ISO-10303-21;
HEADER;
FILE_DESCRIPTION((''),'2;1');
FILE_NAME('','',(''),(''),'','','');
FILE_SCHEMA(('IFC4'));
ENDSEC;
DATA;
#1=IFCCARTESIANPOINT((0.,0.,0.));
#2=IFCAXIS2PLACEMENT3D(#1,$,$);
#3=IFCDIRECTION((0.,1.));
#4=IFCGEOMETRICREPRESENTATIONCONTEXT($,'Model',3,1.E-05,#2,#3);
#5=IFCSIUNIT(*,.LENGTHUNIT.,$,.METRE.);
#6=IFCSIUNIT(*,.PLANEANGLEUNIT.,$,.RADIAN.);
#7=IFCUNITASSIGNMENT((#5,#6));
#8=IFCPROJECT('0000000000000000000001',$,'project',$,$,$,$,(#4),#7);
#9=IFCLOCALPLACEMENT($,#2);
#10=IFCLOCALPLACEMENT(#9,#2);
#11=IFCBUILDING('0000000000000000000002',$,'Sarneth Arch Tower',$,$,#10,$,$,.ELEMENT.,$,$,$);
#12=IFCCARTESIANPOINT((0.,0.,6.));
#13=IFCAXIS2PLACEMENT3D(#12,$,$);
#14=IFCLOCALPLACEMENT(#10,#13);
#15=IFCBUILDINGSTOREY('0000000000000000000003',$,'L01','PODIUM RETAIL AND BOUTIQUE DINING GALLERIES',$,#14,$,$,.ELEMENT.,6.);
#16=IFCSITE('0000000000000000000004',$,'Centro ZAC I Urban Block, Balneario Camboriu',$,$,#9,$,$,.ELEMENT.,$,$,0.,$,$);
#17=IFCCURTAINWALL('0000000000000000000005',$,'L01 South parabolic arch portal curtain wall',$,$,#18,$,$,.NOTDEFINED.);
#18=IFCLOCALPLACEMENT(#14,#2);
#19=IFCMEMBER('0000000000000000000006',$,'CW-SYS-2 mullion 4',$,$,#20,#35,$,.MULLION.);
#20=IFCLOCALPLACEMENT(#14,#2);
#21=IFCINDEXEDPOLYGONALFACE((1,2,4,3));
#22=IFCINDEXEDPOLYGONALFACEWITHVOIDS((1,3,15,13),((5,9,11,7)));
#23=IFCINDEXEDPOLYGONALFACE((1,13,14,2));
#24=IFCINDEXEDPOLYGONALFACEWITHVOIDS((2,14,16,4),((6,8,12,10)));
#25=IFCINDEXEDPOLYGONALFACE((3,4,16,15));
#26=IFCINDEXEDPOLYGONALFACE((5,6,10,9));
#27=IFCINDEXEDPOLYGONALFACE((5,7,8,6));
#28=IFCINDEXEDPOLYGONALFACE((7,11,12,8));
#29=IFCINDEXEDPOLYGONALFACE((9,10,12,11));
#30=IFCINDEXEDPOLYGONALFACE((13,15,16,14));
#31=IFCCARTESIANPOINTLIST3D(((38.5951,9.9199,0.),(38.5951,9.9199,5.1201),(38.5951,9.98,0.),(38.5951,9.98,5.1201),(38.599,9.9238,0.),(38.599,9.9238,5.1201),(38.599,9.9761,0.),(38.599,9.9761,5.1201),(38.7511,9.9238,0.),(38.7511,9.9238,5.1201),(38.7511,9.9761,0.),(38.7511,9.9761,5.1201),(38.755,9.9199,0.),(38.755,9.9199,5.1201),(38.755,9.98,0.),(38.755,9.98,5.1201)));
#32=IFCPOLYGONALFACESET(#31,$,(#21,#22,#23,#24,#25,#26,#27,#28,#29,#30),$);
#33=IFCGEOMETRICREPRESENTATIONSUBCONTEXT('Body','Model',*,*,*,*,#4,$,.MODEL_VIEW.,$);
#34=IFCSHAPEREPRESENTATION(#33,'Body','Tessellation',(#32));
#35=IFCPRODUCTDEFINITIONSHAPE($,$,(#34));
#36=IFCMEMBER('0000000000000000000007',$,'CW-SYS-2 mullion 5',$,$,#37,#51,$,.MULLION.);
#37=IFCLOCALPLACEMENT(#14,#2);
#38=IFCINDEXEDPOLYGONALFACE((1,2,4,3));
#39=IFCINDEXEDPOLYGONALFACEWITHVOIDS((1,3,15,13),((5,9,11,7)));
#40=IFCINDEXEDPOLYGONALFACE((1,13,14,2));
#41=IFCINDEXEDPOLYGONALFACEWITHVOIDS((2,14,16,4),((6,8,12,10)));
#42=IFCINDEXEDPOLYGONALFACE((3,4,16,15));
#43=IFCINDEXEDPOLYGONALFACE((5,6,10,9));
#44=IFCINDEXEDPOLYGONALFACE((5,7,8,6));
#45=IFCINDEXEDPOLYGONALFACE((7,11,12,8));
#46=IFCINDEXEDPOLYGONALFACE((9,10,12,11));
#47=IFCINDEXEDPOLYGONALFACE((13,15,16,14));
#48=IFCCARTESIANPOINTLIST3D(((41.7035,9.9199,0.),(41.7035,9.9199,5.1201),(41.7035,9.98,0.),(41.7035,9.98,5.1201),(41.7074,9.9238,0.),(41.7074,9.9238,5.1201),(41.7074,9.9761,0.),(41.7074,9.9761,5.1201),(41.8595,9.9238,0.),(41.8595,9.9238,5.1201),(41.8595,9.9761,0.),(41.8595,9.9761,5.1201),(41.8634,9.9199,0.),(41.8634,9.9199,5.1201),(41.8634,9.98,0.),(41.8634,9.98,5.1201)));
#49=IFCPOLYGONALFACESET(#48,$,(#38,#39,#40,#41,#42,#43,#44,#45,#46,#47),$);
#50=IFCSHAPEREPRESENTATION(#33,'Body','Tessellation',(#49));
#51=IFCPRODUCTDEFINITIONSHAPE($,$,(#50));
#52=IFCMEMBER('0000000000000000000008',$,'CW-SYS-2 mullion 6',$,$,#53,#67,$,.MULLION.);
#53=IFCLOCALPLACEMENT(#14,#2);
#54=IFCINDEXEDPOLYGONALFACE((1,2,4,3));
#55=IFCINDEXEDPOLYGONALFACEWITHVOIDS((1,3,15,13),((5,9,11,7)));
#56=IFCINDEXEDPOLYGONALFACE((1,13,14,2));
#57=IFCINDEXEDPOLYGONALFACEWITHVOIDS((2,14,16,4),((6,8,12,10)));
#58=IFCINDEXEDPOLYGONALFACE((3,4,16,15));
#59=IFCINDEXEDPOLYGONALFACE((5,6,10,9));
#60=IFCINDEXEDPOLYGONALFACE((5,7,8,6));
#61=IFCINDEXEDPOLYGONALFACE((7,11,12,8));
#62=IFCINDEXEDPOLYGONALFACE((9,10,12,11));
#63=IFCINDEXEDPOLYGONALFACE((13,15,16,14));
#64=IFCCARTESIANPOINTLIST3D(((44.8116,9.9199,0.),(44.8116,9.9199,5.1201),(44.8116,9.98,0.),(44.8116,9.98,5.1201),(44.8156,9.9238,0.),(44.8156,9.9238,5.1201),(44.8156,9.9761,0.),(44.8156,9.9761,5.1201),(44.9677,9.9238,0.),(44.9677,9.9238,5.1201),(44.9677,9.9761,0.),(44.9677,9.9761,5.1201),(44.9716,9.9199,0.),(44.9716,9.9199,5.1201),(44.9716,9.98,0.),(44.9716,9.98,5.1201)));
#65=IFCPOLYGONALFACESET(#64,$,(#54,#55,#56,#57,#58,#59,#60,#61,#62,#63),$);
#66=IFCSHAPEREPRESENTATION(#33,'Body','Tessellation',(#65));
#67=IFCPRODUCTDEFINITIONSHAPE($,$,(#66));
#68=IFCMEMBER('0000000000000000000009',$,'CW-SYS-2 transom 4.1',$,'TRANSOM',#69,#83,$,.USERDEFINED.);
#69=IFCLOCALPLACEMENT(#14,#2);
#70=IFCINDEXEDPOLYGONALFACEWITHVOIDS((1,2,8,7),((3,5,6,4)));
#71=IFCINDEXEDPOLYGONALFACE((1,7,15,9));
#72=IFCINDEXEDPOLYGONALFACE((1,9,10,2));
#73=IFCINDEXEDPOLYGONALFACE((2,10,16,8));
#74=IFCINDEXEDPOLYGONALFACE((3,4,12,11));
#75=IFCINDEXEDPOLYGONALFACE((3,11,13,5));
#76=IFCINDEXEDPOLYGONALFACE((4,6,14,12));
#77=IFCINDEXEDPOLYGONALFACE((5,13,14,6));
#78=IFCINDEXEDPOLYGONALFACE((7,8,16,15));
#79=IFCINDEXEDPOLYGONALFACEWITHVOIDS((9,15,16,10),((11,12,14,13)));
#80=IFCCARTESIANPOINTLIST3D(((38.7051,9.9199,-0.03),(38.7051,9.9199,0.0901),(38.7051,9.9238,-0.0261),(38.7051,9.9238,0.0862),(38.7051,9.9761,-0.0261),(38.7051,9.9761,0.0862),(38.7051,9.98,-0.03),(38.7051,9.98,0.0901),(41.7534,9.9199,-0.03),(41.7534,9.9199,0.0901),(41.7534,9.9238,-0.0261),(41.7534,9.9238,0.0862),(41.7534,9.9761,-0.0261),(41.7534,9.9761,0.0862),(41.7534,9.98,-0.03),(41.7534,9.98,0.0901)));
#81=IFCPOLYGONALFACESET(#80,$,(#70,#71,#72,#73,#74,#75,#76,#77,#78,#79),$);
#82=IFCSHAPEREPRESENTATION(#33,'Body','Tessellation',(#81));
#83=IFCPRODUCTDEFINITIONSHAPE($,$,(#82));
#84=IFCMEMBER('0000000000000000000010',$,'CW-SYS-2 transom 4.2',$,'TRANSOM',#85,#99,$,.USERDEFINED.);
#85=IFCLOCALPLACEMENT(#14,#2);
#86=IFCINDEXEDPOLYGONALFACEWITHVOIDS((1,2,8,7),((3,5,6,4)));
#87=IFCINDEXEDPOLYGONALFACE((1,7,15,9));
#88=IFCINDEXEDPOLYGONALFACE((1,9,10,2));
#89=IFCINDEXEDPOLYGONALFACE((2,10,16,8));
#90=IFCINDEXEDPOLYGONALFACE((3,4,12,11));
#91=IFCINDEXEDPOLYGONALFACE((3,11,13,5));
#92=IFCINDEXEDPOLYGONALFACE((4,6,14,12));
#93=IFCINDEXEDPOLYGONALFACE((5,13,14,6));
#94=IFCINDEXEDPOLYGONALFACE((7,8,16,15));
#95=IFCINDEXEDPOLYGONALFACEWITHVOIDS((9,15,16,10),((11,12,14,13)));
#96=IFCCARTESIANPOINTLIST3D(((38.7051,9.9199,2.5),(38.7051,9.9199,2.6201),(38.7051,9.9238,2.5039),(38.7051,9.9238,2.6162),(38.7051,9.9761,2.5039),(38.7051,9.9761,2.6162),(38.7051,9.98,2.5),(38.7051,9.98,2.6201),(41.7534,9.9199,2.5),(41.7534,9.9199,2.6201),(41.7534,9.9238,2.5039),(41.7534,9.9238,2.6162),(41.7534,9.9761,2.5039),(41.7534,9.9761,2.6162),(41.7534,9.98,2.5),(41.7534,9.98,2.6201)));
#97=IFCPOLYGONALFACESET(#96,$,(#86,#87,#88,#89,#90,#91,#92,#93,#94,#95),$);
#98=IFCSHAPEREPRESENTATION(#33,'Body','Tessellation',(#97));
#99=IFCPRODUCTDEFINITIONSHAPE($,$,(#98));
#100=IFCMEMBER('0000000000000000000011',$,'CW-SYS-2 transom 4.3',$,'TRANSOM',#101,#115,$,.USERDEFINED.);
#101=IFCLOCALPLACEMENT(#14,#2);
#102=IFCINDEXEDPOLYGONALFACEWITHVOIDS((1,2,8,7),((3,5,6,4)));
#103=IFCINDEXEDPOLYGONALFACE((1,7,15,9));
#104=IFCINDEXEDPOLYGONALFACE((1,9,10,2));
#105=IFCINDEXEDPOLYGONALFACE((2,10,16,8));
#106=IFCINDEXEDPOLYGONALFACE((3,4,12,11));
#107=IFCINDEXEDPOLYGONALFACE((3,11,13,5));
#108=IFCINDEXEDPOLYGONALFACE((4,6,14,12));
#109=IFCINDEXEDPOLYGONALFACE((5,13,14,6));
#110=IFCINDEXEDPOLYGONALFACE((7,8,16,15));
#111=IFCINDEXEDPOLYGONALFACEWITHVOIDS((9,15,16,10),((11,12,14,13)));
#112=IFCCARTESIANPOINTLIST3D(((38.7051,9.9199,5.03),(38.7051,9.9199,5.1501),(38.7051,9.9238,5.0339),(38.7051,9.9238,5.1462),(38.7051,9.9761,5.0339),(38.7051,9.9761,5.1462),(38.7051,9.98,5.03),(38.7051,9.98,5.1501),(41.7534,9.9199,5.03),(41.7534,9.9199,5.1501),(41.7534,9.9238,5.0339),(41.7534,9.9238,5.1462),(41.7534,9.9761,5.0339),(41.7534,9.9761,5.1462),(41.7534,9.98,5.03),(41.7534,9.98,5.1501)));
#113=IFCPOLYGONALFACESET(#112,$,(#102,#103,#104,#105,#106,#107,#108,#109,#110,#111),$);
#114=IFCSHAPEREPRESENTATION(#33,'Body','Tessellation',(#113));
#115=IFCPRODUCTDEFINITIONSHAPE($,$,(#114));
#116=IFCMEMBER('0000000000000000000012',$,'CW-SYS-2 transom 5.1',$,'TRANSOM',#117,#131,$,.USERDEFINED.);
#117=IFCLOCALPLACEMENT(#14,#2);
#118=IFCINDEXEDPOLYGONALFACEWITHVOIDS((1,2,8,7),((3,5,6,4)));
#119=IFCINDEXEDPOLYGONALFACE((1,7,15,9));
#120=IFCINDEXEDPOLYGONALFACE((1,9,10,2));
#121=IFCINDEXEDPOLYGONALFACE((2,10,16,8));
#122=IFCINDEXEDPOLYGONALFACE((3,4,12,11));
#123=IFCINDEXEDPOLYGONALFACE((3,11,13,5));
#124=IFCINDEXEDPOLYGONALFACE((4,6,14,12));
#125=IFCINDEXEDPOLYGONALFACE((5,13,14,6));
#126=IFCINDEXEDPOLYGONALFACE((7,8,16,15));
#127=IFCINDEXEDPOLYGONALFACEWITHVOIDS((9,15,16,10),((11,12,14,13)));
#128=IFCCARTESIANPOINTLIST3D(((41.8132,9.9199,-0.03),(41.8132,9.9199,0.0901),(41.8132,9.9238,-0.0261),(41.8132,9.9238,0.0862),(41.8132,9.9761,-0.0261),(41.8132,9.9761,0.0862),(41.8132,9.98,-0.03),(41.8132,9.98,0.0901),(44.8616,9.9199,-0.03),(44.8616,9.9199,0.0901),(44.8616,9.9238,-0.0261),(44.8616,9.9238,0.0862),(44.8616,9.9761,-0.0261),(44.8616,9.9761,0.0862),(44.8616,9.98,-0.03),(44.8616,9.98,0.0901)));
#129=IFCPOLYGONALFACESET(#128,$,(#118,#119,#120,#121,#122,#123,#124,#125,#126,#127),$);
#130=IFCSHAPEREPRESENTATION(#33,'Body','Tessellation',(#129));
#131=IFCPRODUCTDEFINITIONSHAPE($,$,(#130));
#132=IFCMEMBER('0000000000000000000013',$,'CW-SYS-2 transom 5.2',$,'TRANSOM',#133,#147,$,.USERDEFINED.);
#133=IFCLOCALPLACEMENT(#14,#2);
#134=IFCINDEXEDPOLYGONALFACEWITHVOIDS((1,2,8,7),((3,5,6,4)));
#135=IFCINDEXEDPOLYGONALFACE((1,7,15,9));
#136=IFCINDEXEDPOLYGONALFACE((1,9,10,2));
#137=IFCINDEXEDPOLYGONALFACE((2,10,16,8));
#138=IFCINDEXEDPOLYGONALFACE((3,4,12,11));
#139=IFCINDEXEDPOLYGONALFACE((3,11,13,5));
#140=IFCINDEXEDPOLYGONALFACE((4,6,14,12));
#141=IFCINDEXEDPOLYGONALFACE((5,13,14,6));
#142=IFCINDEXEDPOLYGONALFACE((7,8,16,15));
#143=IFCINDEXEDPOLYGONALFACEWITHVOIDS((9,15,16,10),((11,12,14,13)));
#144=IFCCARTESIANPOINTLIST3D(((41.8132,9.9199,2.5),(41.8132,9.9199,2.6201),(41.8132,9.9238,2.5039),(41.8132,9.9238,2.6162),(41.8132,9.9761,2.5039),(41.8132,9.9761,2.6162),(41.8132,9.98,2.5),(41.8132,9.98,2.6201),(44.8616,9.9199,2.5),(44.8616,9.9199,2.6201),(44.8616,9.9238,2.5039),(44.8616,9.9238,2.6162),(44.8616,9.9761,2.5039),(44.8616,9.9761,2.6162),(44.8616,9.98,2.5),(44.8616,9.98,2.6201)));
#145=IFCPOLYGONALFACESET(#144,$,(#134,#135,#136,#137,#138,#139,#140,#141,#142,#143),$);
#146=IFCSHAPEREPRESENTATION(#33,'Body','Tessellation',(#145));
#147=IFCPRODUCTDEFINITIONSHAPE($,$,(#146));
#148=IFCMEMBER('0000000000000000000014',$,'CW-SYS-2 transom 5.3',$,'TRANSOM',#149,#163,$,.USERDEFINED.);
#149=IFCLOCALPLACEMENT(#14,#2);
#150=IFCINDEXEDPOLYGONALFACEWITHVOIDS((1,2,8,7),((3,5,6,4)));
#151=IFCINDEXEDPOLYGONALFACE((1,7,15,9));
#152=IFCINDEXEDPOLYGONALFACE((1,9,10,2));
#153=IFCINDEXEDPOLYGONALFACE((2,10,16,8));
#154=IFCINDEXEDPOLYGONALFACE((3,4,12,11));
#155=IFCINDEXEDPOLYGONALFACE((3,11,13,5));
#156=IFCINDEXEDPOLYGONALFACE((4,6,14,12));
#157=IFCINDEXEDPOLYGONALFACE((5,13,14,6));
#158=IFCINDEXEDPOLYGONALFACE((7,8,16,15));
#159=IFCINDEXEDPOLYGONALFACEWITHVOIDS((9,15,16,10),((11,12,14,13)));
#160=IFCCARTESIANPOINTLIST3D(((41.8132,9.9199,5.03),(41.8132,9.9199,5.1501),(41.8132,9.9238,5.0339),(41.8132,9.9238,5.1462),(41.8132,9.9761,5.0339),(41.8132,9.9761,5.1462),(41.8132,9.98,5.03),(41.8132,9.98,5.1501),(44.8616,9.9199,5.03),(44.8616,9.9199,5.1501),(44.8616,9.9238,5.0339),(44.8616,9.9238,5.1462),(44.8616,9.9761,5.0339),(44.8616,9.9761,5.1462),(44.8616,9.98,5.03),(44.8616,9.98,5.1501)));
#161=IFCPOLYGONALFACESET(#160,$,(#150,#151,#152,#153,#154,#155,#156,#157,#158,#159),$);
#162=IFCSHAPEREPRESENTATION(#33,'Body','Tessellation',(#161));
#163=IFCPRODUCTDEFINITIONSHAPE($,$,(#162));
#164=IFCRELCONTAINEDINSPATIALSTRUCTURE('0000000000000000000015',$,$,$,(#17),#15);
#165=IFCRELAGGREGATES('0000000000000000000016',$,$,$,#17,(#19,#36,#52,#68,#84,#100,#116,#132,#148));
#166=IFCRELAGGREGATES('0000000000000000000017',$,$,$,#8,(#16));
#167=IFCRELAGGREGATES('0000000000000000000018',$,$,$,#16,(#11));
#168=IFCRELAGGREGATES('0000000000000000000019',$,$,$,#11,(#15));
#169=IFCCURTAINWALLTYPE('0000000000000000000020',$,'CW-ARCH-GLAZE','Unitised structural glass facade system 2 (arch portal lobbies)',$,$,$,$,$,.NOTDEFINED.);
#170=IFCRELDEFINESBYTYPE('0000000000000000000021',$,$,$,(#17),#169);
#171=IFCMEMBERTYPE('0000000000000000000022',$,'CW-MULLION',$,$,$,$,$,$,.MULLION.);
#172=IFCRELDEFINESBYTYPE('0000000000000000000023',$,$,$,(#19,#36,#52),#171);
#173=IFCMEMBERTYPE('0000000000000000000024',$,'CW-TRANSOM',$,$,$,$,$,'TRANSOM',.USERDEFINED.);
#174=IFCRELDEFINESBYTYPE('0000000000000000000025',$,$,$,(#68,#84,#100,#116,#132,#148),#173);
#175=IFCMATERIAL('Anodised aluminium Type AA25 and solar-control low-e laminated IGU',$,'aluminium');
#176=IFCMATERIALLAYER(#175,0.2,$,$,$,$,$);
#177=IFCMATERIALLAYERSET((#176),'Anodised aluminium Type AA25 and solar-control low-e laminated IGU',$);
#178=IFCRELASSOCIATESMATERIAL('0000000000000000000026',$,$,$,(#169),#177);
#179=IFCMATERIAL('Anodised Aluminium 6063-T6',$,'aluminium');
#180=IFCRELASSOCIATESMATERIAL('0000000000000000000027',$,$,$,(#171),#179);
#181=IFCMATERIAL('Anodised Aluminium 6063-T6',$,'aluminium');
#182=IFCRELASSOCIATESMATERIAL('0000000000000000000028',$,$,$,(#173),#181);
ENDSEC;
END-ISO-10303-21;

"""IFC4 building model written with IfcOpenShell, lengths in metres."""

from ifc_helpers import new_model, si_unit, direction, frame, origin, origin_2d, place, context, subcontext, project, spatial, hollow_rectangle, extrude, material, layer, layer_set, material_profile, profile_set, type_object, element, aggregate, save


model = new_model("IFC4")

# Units and contexts
model_context = context("Model", 3, precision=1e-05, world=origin(), true_north=direction((0.0, 1.0)))
body_context = subcontext(model_context, "Body", "Model", "MODEL_VIEW")
ifc_project = project(units=[si_unit("LENGTHUNIT", "METRE"), si_unit("PLANEANGLEUNIT", "RADIAN")], contexts=[model_context])

# Site, building, storey
site_placement = place(None, origin())
site = spatial("IfcSite", under=ifc_project, at=site_placement, Name="Centro ZAC I Urban Block, Balneario Camboriu", CompositionType="ELEMENT", RefElevation=0.0)
building_placement = place(site_placement, origin())
building = spatial("IfcBuilding", under=site, at=building_placement, Name="Sarneth Arch Tower", CompositionType="ELEMENT")
storey_placement = place(building_placement, frame((0.0, 0.0, 6.0)))
storey = spatial("IfcBuildingStorey", under=building, at=storey_placement, Name="L01", Description="PODIUM RETAIL AND BOUTIQUE DINING GALLERIES", CompositionType="ELEMENT", Elevation=6.0)

# Curtain wall, members
ifc_material_1 = material(Name="Anodised aluminium Type AA25 and solar-control low-e laminated IGU", Category="aluminium")
ifc_layer_1 = layer(ifc_material_1, 0.2)
ifc_layer_set_1 = layer_set([ifc_layer_1], Name="Anodised aluminium Type AA25 and solar-control low-e laminated IGU")
curtain_wall_type = type_object("IfcCurtainWallType", Name="CW-ARCH-GLAZE", Description="Unitised structural glass facade system 2 (arch portal lobbies)", PredefinedType="NOTDEFINED", material=ifc_layer_set_1)
curtain_wall_placement = place(storey_placement, origin())
curtain_wall = element("IfcCurtainWall", 1, at=curtain_wall_placement, inside=storey, type_object=curtain_wall_type, Name="L01 South parabolic arch portal curtain wall", PredefinedType="NOTDEFINED")
ifc_material_2 = material(Name="Anodised Aluminium 6063-T6", Category="aluminium")
ifc_material_profile_1 = material_profile(ifc_material_2, hollow_rectangle(XDim=0.0601, YDim=0.1599, WallThickness=0.0039, at=origin_2d()), Name="AL-MULL-160x60x4")
ifc_profile_set_1 = profile_set([ifc_material_profile_1], Name="Anodised Aluminium 6063-T6")
member_type_1 = type_object("IfcMemberType", Name="CW-MULLION", PredefinedType="MULLION", material=ifc_profile_set_1)
member_1_placement = place(storey_placement, frame((38.675, 9.95, 0.0), z_axis=(0.0, 0.0, 1.0), x_axis=(0.0, 1.0, 0.0)))
member_1 = element("IfcMember", 2, at=member_1_placement, type_object=member_type_1, Name="CW-SYS-2 mullion 4", PredefinedType="MULLION", context=body_context, shape_type="SweptSolid", body=[
    extrude(hollow_rectangle(XDim=0.0601, YDim=0.1599, WallThickness=0.0039, at=origin_2d()), origin(), (0.0, 0.0, 1.0), 5.1201),
])
member_2_placement = place(storey_placement, frame((41.7834, 9.95, 0.0), z_axis=(0.0, 0.0, 1.0), x_axis=(0.0, 1.0, 0.0)))
member_2 = element("IfcMember", 3, at=member_2_placement, type_object=member_type_1, Name="CW-SYS-2 mullion 5", PredefinedType="MULLION", context=body_context, shape_type="SweptSolid", body=[
    extrude(hollow_rectangle(XDim=0.0601, YDim=0.1599, WallThickness=0.0039, at=origin_2d()), origin(), (0.0, 0.0, 1.0), 5.1201),
])
member_3_placement = place(storey_placement, frame((44.8916, 9.95, 0.0), z_axis=(0.0, 0.0, 1.0), x_axis=(0.0, 1.0, 0.0)))
member_3 = element("IfcMember", 4, at=member_3_placement, type_object=member_type_1, Name="CW-SYS-2 mullion 6", PredefinedType="MULLION", context=body_context, shape_type="SweptSolid", body=[
    extrude(hollow_rectangle(XDim=0.0601, YDim=0.1599, WallThickness=0.0039, at=origin_2d()), origin(), (0.0, 0.0, 1.0), 5.1201),
])
ifc_material_3 = material(Name="Anodised Aluminium 6063-T6", Category="aluminium")
ifc_material_profile_2 = material_profile(ifc_material_3, hollow_rectangle(XDim=0.0601, YDim=0.1201, WallThickness=0.0039, at=origin_2d()), Name="AL-TRAN-120x60x4")
ifc_profile_set_2 = profile_set([ifc_material_profile_2], Name="Anodised Aluminium 6063-T6")
member_type_2 = type_object("IfcMemberType", Name="CW-TRANSOM", ElementType="TRANSOM", PredefinedType="USERDEFINED", material=ifc_profile_set_2)
member_4_placement = place(storey_placement, frame((38.7051, 9.95, 0.03), z_axis=(1.0, 0.0, 0.0), x_axis=(0.0, 1.0, 0.0)))
member_4 = element("IfcMember", 5, at=member_4_placement, type_object=member_type_2, Name="CW-SYS-2 transom 4.1", ObjectType="TRANSOM", PredefinedType="USERDEFINED", context=body_context, shape_type="SweptSolid", body=[
    extrude(hollow_rectangle(XDim=0.0601, YDim=0.1201, WallThickness=0.0039, at=origin_2d()), origin(), (0.0, 0.0, 1.0), 3.0483),
])
member_5_placement = place(storey_placement, frame((38.7051, 9.95, 2.5601), z_axis=(1.0, 0.0, 0.0), x_axis=(0.0, 1.0, 0.0)))
member_5 = element("IfcMember", 6, at=member_5_placement, type_object=member_type_2, Name="CW-SYS-2 transom 4.2", ObjectType="TRANSOM", PredefinedType="USERDEFINED", context=body_context, shape_type="SweptSolid", body=[
    extrude(hollow_rectangle(XDim=0.0601, YDim=0.1201, WallThickness=0.0039, at=origin_2d()), origin(), (0.0, 0.0, 1.0), 3.0483),
])
member_6_placement = place(storey_placement, frame((38.7051, 9.95, 5.0901), z_axis=(1.0, 0.0, 0.0), x_axis=(0.0, 1.0, 0.0)))
member_6 = element("IfcMember", 7, at=member_6_placement, type_object=member_type_2, Name="CW-SYS-2 transom 4.3", ObjectType="TRANSOM", PredefinedType="USERDEFINED", context=body_context, shape_type="SweptSolid", body=[
    extrude(hollow_rectangle(XDim=0.0601, YDim=0.1201, WallThickness=0.0039, at=origin_2d()), origin(), (0.0, 0.0, 1.0), 3.0483),
])
member_7_placement = place(storey_placement, frame((41.8132, 9.95, 0.03), z_axis=(1.0, 0.0, 0.0), x_axis=(0.0, 1.0, 0.0)))
member_7 = element("IfcMember", 8, at=member_7_placement, type_object=member_type_2, Name="CW-SYS-2 transom 5.1", ObjectType="TRANSOM", PredefinedType="USERDEFINED", context=body_context, shape_type="SweptSolid", body=[
    extrude(hollow_rectangle(XDim=0.0601, YDim=0.1201, WallThickness=0.0039, at=origin_2d()), origin(), (0.0, 0.0, 1.0), 3.0483),
])
member_8_placement = place(storey_placement, frame((41.8132, 9.95, 2.5601), z_axis=(1.0, 0.0, 0.0), x_axis=(0.0, 1.0, 0.0)))
member_8 = element("IfcMember", 9, at=member_8_placement, type_object=member_type_2, Name="CW-SYS-2 transom 5.2", ObjectType="TRANSOM", PredefinedType="USERDEFINED", context=body_context, shape_type="SweptSolid", body=[
    extrude(hollow_rectangle(XDim=0.0601, YDim=0.1201, WallThickness=0.0039, at=origin_2d()), origin(), (0.0, 0.0, 1.0), 3.0483),
])
member_9_placement = place(storey_placement, frame((41.8132, 9.95, 5.0901), z_axis=(1.0, 0.0, 0.0), x_axis=(0.0, 1.0, 0.0)))
member_9 = element("IfcMember", 10, at=member_9_placement, type_object=member_type_2, Name="CW-SYS-2 transom 5.3", ObjectType="TRANSOM", PredefinedType="USERDEFINED", context=body_context, shape_type="SweptSolid", body=[
    extrude(hollow_rectangle(XDim=0.0601, YDim=0.1201, WallThickness=0.0039, at=origin_2d()), origin(), (0.0, 0.0, 1.0), 3.0483),
])

aggregate(curtain_wall, [member_1, member_2, member_3, member_4, member_5, member_6, member_7, member_8, member_9])

save(model, "model.ifc")
